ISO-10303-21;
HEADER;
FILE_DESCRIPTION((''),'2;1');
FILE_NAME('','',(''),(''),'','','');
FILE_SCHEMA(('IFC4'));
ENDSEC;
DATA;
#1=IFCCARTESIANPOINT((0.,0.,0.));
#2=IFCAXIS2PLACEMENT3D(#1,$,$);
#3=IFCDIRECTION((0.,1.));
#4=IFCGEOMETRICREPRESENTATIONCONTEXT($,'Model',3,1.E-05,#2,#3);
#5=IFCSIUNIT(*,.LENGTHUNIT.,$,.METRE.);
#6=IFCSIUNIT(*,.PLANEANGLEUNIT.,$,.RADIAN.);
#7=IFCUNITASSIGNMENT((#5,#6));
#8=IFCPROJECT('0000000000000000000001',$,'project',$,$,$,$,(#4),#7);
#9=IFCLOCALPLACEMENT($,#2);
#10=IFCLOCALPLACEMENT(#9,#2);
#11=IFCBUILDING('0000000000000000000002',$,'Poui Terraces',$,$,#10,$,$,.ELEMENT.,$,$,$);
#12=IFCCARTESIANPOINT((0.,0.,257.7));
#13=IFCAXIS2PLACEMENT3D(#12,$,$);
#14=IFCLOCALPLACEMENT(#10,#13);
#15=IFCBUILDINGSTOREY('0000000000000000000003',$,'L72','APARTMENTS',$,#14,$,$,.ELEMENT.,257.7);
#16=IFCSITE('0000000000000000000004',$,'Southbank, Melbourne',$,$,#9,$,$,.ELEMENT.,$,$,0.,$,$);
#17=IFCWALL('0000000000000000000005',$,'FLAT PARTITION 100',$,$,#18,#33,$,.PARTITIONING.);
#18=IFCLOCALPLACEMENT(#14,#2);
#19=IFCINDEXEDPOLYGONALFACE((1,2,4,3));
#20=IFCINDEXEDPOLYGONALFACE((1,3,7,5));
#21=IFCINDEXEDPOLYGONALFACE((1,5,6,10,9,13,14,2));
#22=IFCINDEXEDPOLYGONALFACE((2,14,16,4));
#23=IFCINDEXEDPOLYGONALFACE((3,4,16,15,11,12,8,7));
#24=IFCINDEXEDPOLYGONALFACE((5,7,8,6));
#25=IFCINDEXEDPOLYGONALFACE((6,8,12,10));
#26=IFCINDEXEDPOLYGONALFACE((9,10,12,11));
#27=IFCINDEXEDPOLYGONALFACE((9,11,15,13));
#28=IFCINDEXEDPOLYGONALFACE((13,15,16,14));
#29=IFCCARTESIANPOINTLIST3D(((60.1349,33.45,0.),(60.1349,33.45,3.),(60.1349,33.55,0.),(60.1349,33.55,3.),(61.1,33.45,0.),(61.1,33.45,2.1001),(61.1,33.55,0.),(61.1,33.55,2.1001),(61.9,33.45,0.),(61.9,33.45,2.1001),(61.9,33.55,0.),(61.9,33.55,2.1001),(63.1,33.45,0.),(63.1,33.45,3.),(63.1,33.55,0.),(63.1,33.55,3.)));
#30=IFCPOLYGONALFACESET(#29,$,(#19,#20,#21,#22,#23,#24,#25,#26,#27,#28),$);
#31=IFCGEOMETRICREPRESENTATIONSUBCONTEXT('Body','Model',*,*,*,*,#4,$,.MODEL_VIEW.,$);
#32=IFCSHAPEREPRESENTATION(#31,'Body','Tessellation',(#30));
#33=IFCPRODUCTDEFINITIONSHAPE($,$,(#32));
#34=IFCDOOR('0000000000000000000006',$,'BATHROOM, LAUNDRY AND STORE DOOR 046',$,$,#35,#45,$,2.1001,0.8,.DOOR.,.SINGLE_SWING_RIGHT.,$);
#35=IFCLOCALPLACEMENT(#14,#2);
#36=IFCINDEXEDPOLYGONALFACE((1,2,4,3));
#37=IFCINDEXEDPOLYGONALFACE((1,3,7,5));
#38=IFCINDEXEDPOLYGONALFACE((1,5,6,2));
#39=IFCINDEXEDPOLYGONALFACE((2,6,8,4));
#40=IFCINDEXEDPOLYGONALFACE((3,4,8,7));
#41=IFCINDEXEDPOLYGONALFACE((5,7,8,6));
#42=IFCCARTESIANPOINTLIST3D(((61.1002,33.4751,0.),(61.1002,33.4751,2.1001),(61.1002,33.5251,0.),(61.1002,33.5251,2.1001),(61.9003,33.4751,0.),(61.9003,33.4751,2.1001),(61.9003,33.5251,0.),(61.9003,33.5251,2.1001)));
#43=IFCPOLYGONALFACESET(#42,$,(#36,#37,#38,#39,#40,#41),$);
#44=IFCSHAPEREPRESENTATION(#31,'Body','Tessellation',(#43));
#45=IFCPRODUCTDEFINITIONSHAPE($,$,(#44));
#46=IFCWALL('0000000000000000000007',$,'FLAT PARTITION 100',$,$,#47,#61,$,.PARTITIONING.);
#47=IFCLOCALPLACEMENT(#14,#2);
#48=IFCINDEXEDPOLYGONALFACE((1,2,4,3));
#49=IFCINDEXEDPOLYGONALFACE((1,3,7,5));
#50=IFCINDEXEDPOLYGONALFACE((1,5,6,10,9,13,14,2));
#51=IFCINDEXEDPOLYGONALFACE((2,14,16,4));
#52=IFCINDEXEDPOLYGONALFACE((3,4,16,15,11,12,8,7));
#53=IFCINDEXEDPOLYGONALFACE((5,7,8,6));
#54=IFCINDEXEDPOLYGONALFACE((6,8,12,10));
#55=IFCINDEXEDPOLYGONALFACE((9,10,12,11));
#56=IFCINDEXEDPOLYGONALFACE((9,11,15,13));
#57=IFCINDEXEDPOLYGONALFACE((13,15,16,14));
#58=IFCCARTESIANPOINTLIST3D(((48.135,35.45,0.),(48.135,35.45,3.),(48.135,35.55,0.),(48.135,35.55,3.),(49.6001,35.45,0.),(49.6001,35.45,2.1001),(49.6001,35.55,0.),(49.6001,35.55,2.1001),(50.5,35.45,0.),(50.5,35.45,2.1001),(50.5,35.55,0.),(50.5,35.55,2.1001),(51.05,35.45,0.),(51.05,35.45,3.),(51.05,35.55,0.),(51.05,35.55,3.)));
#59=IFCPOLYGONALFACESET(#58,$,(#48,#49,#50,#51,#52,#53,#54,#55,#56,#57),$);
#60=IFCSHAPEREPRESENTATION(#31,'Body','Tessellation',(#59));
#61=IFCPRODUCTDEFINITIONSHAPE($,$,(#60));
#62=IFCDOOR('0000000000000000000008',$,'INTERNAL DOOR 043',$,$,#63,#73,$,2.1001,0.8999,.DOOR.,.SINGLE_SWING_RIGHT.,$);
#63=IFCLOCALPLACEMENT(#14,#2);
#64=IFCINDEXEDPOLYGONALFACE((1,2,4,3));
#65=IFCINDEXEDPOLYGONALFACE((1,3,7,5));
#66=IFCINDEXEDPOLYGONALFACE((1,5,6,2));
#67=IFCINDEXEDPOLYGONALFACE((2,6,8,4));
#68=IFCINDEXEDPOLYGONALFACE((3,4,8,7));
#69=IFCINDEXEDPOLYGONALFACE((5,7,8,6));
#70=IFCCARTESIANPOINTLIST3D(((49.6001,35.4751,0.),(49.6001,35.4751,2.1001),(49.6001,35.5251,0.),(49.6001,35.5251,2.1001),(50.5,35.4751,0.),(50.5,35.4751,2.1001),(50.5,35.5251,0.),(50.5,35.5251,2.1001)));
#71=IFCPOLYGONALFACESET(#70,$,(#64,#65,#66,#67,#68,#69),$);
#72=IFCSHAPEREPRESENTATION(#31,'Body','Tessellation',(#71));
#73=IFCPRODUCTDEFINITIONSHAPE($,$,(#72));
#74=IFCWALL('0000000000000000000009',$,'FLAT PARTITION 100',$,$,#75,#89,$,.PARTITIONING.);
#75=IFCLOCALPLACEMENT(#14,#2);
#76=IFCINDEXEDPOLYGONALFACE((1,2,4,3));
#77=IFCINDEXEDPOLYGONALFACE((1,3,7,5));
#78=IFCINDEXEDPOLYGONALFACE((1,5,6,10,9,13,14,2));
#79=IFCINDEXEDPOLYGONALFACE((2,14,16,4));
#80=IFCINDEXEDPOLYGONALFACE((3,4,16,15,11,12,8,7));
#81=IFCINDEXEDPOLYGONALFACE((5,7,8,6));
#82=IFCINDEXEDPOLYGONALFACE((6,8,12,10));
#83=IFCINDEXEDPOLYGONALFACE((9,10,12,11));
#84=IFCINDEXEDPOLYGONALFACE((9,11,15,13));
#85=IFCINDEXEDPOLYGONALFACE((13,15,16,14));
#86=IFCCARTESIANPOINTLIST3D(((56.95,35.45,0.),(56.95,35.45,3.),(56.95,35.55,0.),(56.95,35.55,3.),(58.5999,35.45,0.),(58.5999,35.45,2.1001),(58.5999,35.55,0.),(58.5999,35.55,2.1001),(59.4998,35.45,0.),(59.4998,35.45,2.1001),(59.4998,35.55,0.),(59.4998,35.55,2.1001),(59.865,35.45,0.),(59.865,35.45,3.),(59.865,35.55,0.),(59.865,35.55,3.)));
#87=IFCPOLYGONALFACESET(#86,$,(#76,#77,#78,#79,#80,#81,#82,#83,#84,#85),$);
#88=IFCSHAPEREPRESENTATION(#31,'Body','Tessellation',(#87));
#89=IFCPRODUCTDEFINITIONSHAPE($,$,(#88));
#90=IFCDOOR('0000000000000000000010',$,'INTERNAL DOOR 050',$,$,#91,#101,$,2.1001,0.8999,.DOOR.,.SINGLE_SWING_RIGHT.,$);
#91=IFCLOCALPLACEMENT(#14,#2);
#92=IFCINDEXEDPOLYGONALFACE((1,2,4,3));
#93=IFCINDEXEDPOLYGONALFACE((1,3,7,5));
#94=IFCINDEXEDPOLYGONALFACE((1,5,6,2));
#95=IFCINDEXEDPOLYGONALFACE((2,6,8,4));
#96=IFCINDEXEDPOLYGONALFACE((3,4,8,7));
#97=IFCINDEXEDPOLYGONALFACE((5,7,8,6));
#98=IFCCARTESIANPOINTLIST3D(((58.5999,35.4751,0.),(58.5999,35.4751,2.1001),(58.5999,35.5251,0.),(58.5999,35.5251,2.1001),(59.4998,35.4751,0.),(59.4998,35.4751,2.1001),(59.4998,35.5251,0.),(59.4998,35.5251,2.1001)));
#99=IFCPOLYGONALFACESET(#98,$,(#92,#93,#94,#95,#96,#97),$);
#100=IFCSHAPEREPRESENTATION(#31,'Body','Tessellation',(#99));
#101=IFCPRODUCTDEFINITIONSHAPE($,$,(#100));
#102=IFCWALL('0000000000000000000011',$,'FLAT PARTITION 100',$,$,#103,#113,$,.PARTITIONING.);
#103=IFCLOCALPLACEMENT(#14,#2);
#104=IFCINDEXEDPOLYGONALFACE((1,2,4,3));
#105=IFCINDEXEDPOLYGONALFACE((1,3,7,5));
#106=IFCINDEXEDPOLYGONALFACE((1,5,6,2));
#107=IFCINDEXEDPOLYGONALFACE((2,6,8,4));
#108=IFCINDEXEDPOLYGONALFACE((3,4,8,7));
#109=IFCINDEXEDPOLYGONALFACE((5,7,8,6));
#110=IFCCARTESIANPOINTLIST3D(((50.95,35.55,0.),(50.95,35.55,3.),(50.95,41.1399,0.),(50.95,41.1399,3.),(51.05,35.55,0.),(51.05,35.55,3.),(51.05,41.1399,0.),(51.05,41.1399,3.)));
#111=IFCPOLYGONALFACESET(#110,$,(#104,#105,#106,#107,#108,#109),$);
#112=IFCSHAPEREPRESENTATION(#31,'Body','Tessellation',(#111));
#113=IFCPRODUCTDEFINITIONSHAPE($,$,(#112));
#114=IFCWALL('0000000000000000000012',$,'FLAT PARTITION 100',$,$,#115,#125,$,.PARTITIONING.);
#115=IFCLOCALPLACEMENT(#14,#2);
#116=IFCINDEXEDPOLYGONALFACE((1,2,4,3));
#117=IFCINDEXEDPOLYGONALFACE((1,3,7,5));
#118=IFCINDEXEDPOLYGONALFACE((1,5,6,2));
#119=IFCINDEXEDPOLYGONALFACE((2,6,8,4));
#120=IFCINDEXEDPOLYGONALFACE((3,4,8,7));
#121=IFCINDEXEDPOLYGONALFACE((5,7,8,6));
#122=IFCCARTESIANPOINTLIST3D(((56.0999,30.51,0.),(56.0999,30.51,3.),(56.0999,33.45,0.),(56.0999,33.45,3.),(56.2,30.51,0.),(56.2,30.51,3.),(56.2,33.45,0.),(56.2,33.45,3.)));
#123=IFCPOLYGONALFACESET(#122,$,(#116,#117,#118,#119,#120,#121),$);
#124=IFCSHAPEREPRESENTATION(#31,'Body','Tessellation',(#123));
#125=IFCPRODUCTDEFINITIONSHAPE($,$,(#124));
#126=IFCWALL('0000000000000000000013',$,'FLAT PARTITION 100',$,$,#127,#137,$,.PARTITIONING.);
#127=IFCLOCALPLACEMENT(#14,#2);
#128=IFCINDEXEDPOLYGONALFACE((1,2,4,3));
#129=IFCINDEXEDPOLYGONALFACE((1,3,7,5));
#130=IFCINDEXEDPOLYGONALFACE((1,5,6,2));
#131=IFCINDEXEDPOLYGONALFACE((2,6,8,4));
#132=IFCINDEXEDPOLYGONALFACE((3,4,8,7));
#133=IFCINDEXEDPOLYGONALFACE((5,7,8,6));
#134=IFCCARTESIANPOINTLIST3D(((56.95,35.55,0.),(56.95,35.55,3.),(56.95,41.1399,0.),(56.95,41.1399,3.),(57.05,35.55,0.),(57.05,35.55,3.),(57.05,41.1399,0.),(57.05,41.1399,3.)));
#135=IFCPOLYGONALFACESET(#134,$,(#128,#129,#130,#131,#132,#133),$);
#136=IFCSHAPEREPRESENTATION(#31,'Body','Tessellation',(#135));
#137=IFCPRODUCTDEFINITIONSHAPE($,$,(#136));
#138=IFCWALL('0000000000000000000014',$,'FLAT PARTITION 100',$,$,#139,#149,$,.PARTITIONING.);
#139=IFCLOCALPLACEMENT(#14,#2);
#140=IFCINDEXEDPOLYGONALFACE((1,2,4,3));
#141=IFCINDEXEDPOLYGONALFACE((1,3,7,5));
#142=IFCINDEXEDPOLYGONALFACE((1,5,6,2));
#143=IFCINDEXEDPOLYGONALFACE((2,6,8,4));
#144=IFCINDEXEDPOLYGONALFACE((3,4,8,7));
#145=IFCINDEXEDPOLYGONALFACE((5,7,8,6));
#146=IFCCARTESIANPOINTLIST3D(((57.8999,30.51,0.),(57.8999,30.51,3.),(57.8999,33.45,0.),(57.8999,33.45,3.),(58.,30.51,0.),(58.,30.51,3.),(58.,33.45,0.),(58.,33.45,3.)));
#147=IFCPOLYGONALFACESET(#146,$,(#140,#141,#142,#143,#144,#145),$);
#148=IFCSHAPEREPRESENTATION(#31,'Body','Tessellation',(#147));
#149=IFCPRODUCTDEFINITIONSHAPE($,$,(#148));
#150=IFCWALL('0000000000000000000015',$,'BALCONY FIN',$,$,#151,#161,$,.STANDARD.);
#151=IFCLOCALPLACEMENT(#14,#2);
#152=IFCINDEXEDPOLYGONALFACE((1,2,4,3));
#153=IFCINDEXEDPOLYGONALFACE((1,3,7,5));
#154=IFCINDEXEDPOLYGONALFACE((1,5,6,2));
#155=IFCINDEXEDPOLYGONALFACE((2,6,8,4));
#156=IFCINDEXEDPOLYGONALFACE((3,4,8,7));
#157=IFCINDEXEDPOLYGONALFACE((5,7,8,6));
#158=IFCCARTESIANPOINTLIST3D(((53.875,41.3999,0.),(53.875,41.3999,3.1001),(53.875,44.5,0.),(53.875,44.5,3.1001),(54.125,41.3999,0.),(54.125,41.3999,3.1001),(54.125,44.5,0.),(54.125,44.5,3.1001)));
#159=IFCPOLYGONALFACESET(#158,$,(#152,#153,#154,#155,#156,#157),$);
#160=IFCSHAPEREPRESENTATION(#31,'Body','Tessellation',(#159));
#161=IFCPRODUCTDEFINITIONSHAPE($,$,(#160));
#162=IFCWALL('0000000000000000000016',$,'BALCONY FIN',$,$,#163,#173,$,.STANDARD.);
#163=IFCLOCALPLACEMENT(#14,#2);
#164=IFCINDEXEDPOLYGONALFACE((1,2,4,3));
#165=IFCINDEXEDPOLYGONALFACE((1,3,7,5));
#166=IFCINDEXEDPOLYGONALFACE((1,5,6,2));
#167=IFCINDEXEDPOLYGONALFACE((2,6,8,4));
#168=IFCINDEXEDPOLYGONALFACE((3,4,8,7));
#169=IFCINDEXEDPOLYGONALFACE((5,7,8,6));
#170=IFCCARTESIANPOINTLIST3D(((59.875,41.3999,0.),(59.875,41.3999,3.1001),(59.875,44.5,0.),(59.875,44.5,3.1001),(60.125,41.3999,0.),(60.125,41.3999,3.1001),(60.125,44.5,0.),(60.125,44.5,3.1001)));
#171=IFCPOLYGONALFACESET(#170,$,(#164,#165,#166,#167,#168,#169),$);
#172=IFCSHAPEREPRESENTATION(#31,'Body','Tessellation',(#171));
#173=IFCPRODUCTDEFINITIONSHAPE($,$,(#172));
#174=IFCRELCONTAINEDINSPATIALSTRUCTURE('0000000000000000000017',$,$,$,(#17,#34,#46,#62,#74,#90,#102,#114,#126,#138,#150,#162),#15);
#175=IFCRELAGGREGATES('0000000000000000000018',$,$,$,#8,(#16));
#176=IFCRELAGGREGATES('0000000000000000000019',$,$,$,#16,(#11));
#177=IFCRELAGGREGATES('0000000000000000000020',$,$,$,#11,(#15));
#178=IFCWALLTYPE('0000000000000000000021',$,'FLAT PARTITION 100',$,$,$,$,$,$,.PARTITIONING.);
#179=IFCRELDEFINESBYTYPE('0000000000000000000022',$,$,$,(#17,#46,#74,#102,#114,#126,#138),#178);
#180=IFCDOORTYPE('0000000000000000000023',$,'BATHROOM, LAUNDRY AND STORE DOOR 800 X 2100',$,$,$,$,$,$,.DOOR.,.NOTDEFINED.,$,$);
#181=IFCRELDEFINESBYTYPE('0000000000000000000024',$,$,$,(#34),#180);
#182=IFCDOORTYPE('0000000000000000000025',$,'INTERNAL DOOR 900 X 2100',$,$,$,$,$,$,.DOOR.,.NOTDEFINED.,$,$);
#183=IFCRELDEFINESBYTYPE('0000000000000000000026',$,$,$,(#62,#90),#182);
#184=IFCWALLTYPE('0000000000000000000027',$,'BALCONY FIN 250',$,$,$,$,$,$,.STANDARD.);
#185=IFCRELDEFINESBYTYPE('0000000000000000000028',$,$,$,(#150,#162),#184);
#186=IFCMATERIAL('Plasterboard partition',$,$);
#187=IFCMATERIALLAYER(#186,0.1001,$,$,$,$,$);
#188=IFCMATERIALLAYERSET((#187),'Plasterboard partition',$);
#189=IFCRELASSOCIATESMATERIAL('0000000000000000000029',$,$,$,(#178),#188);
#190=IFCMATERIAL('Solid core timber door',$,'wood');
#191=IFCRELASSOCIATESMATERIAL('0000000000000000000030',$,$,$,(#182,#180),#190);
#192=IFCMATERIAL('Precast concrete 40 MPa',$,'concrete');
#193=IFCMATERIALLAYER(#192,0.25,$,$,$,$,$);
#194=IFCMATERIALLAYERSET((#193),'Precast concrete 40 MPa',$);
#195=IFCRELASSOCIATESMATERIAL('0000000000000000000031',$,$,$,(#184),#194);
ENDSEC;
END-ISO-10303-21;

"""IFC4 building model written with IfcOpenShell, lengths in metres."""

from ifc_helpers import new_model, si_unit, direction, frame, frame_2d, origin, place, context, subcontext, project, spatial, polyline, rectangle, outline, extrude, source, transform, mapped, material, layer, layer_set, type_object, element, fill, save


model = new_model("IFC4")

# Units and contexts
model_context = context("Model", 3, precision=1e-05, world=origin(), true_north=direction((0.0, 1.0)))
body_context = subcontext(model_context, "Body", "Model", "MODEL_VIEW")
ifc_project = project(units=[si_unit("LENGTHUNIT", "METRE"), si_unit("PLANEANGLEUNIT", "RADIAN")], contexts=[model_context])

# Site, building, storey
site_placement = place(None, origin())
site = spatial("IfcSite", under=ifc_project, at=site_placement, Name="Southbank, Melbourne", CompositionType="ELEMENT", RefElevation=0.0)
building_placement = place(site_placement, origin())
building = spatial("IfcBuilding", under=site, at=building_placement, Name="Poui Terraces", CompositionType="ELEMENT")
storey_placement = place(building_placement, frame((0.0, 0.0, 257.7)))
storey = spatial("IfcBuildingStorey", under=building, at=storey_placement, Name="L72", Description="APARTMENTS", CompositionType="ELEMENT", Elevation=257.7)

# Walls, openings, doors
ifc_material_1 = material(Name="Plasterboard partition")
ifc_layer_1 = layer(ifc_material_1, 0.1001)
ifc_layer_set_1 = layer_set([ifc_layer_1], Name="Plasterboard partition")
wall_type_1 = type_object("IfcWallType", Name="FLAT PARTITION 100", PredefinedType="PARTITIONING", material=ifc_layer_set_1)
ifc_material_2 = material(Name="Solid core timber door", Category="wood")
door_type_1 = type_object("IfcDoorType", Name="INTERNAL DOOR 900 X 2100", OperationType="NOTDEFINED", PredefinedType="DOOR", material=ifc_material_2)
door_type_2 = type_object("IfcDoorType", Name="BATHROOM, LAUNDRY AND STORE DOOR 800 X 2100", OperationType="NOTDEFINED", PredefinedType="DOOR", material=ifc_material_2)
wall_1_placement = place(storey_placement, frame((60.135, 33.5, 0.0), z_axis=(0.0, 0.0, 1.0), x_axis=(1.0, 0.0, 0.0)))
wall_1 = element("IfcWall", 1, at=wall_1_placement, inside=storey, type_object=wall_type_1, Name="FLAT PARTITION 100", PredefinedType="PARTITIONING", context=body_context, shape_type="SweptSolid", body=[
    extrude(rectangle(XDim=2.9651, YDim=0.1001, at=frame_2d((1.4824, 0.0))), origin(), (0.0, 0.0, 1.0), 3.0),
])
opening_1_placement = place(wall_1_placement, frame((0.9651, 0.0, 0.0)))
opening_1 = element("IfcOpeningElement", 2, at=opening_1_placement, cuts=wall_1, PredefinedType="OPENING", context=body_context, shape_type="SweptSolid", body=[
    extrude(rectangle(XDim=0.8, YDim=2.1001, at=frame_2d((0.3999, 1.05))), frame((0.0, 0.0601, 0.0), z_axis=(0.0, -1.0, 0.0), x_axis=(1.0, 0.0, 0.0)), (0.0, 0.0, 1.0), 0.1201),
])
door_1_placement = place(opening_1_placement, frame((0.8, 0.0, 0.0), z_axis=(0.0, 0.0, 1.0), x_axis=(-1.0, 0.0, 0.0)))
door_1 = element("IfcDoor", 3, at=door_1_placement, inside=storey, type_object=door_type_2, Name="BATHROOM, LAUNDRY AND STORE DOOR 046", OperationType="SINGLE_SWING_RIGHT", OverallHeight=2.1001, OverallWidth=0.8, PredefinedType="DOOR", context=body_context, shape_type="SweptSolid", body=[
    extrude(rectangle(XDim=0.8, YDim=2.1001, at=frame_2d((0.3999, 1.05))), frame((0.0, 0.0249, 0.0), z_axis=(0.0, -1.0, 0.0), x_axis=(1.0, 0.0, 0.0)), (0.0, 0.0, 1.0), 0.05),
])
fill(opening_1, door_1)
wall_2_placement = place(storey_placement, frame((48.135, 35.5, 0.0), z_axis=(0.0, 0.0, 1.0), x_axis=(1.0, 0.0, 0.0)))
wall_2 = element("IfcWall", 4, at=wall_2_placement, inside=storey, type_object=wall_type_1, Name="FLAT PARTITION 100", PredefinedType="PARTITIONING", context=body_context, shape_type="SweptSolid", body=[
    extrude(rectangle(XDim=2.915, YDim=0.1001, at=frame_2d((1.4575, 0.0))), origin(), (0.0, 0.0, 1.0), 3.0),
])
opening_2_placement = place(wall_2_placement, frame((1.4651, 0.0, 0.0)))
opening_2 = element("IfcOpeningElement", 5, at=opening_2_placement, cuts=wall_2, PredefinedType="OPENING", context=body_context, shape_type="SweptSolid", body=[
    extrude(rectangle(XDim=0.8999, YDim=2.1001, at=frame_2d((0.45, 1.05))), frame((0.0, 0.0601, 0.0), z_axis=(0.0, -1.0, 0.0), x_axis=(1.0, 0.0, 0.0)), (0.0, 0.0, 1.0), 0.1201),
])
door_2_placement = place(opening_2_placement, frame((0.8999, 0.0, 0.0), z_axis=(0.0, 0.0, 1.0), x_axis=(-1.0, 0.0, 0.0)))
door_2 = element("IfcDoor", 6, at=door_2_placement, inside=storey, type_object=door_type_1, Name="INTERNAL DOOR 043", OperationType="SINGLE_SWING_RIGHT", OverallHeight=2.1001, OverallWidth=0.8999, PredefinedType="DOOR", context=body_context, shape_type="SweptSolid", body=[
    extrude(rectangle(XDim=0.8999, YDim=2.1001, at=frame_2d((0.45, 1.05))), frame((0.0, 0.0249, 0.0), z_axis=(0.0, -1.0, 0.0), x_axis=(1.0, 0.0, 0.0)), (0.0, 0.0, 1.0), 0.05),
])
fill(opening_2, door_2)
wall_3_placement = place(storey_placement, frame((56.95, 35.5, 0.0), z_axis=(0.0, 0.0, 1.0), x_axis=(1.0, 0.0, 0.0)))
wall_3 = element("IfcWall", 7, at=wall_3_placement, inside=storey, type_object=wall_type_1, Name="FLAT PARTITION 100", PredefinedType="PARTITIONING", context=body_context, shape_type="SweptSolid", body=[
    extrude(rectangle(XDim=2.915, YDim=0.1001, at=frame_2d((1.4575, 0.0))), origin(), (0.0, 0.0, 1.0), 3.0),
])
opening_3_placement = place(wall_3_placement, frame((1.6499, 0.0, 0.0)))
opening_3 = element("IfcOpeningElement", 8, at=opening_3_placement, cuts=wall_3, PredefinedType="OPENING", context=body_context, shape_type="SweptSolid", body=[
    extrude(rectangle(XDim=0.8999, YDim=2.1001, at=frame_2d((0.45, 1.05))), frame((0.0, 0.0601, 0.0), z_axis=(0.0, -1.0, 0.0), x_axis=(1.0, 0.0, 0.0)), (0.0, 0.0, 1.0), 0.1201),
])
door_3_placement = place(opening_3_placement, frame((0.8999, 0.0, 0.0), z_axis=(0.0, 0.0, 1.0), x_axis=(-1.0, 0.0, 0.0)))
door_3 = element("IfcDoor", 9, at=door_3_placement, inside=storey, type_object=door_type_1, Name="INTERNAL DOOR 050", OperationType="SINGLE_SWING_RIGHT", OverallHeight=2.1001, OverallWidth=0.8999, PredefinedType="DOOR", context=body_context, shape_type="SweptSolid", body=[
    extrude(rectangle(XDim=0.8999, YDim=2.1001, at=frame_2d((0.45, 1.05))), frame((0.0, 0.0249, 0.0), z_axis=(0.0, -1.0, 0.0), x_axis=(1.0, 0.0, 0.0)), (0.0, 0.0, 1.0), 0.05),
])
fill(opening_3, door_3)

# Walls
wall_4_placement = place(storey_placement, frame((51.0, 35.55, 0.0), z_axis=(0.0, 0.0, 1.0), x_axis=(0.0, 1.0, 0.0)))
element("IfcWall", 10, at=wall_4_placement, inside=storey, type_object=wall_type_1, Name="FLAT PARTITION 100", PredefinedType="PARTITIONING", context=body_context, shape_type="SweptSolid", body=[
    extrude(rectangle(XDim=5.5898, YDim=0.1001, at=frame_2d((2.7949, 0.0))), origin(), (0.0, 0.0, 1.0), 3.0),
])
wall_5_placement = place(storey_placement, frame((56.1499, 30.51, 0.0), z_axis=(0.0, 0.0, 1.0), x_axis=(0.0, 1.0, 0.0)))
element("IfcWall", 11, at=wall_5_placement, inside=storey, type_object=wall_type_1, Name="FLAT PARTITION 100", PredefinedType="PARTITIONING", context=body_context, shape_type="SweptSolid", body=[
    extrude(rectangle(XDim=2.9399, YDim=0.1001, at=frame_2d((1.47, 0.0))), origin(), (0.0, 0.0, 1.0), 3.0),
])
wall_6_placement = place(storey_placement, frame((57.0, 35.55, 0.0), z_axis=(0.0, 0.0, 1.0), x_axis=(0.0, 1.0, 0.0)))
element("IfcWall", 12, at=wall_6_placement, inside=storey, type_object=wall_type_1, Name="FLAT PARTITION 100", PredefinedType="PARTITIONING", context=body_context, shape_type="SweptSolid", body=[
    extrude(rectangle(XDim=5.5898, YDim=0.1001, at=frame_2d((2.7949, 0.0))), origin(), (0.0, 0.0, 1.0), 3.0),
])
wall_7_placement = place(storey_placement, frame((57.95, 30.51, 0.0), z_axis=(0.0, 0.0, 1.0), x_axis=(0.0, 1.0, 0.0)))
element("IfcWall", 13, at=wall_7_placement, inside=storey, type_object=wall_type_1, Name="FLAT PARTITION 100", PredefinedType="PARTITIONING", context=body_context, shape_type="SweptSolid", body=[
    extrude(rectangle(XDim=2.9399, YDim=0.1001, at=frame_2d((1.47, 0.0))), origin(), (0.0, 0.0, 1.0), 3.0),
])
ifc_material_3 = material(Name="Precast concrete 40 MPa", Category="concrete")
ifc_layer_2 = layer(ifc_material_3, 0.25)
ifc_layer_set_2 = layer_set([ifc_layer_2], Name="Precast concrete 40 MPa")
wall_type_2 = type_object("IfcWallType", Name="BALCONY FIN 250", PredefinedType="STANDARD", material=ifc_layer_set_2)
shared_shape_1 = source(origin(), body_context, "Body", "SweptSolid", [
    extrude(outline(polyline([(0.0, 0.0), (0.25, 0.0), (0.25, 3.1001), (0.0, 3.1001), (0.0, 0.0)])), origin(), (0.0, 0.0, 1.0), 3.1001),
])
for number, where, name in (
    (14, (53.875, 41.3999, 0.0), "BALCONY FIN"),
    (15, (59.875, 41.3999, 0.0), "BALCONY FIN"),
):
    element("IfcWall", number, at=place(storey_placement, frame(where)), inside=storey, type_object=wall_type_2, Name=name, PredefinedType="STANDARD", context=body_context, shape_type="MappedRepresentation", body=[
        mapped(shared_shape_1, transform((0.0, 0.0, 0.0))),
    ])

save(model, "model.ifc")
